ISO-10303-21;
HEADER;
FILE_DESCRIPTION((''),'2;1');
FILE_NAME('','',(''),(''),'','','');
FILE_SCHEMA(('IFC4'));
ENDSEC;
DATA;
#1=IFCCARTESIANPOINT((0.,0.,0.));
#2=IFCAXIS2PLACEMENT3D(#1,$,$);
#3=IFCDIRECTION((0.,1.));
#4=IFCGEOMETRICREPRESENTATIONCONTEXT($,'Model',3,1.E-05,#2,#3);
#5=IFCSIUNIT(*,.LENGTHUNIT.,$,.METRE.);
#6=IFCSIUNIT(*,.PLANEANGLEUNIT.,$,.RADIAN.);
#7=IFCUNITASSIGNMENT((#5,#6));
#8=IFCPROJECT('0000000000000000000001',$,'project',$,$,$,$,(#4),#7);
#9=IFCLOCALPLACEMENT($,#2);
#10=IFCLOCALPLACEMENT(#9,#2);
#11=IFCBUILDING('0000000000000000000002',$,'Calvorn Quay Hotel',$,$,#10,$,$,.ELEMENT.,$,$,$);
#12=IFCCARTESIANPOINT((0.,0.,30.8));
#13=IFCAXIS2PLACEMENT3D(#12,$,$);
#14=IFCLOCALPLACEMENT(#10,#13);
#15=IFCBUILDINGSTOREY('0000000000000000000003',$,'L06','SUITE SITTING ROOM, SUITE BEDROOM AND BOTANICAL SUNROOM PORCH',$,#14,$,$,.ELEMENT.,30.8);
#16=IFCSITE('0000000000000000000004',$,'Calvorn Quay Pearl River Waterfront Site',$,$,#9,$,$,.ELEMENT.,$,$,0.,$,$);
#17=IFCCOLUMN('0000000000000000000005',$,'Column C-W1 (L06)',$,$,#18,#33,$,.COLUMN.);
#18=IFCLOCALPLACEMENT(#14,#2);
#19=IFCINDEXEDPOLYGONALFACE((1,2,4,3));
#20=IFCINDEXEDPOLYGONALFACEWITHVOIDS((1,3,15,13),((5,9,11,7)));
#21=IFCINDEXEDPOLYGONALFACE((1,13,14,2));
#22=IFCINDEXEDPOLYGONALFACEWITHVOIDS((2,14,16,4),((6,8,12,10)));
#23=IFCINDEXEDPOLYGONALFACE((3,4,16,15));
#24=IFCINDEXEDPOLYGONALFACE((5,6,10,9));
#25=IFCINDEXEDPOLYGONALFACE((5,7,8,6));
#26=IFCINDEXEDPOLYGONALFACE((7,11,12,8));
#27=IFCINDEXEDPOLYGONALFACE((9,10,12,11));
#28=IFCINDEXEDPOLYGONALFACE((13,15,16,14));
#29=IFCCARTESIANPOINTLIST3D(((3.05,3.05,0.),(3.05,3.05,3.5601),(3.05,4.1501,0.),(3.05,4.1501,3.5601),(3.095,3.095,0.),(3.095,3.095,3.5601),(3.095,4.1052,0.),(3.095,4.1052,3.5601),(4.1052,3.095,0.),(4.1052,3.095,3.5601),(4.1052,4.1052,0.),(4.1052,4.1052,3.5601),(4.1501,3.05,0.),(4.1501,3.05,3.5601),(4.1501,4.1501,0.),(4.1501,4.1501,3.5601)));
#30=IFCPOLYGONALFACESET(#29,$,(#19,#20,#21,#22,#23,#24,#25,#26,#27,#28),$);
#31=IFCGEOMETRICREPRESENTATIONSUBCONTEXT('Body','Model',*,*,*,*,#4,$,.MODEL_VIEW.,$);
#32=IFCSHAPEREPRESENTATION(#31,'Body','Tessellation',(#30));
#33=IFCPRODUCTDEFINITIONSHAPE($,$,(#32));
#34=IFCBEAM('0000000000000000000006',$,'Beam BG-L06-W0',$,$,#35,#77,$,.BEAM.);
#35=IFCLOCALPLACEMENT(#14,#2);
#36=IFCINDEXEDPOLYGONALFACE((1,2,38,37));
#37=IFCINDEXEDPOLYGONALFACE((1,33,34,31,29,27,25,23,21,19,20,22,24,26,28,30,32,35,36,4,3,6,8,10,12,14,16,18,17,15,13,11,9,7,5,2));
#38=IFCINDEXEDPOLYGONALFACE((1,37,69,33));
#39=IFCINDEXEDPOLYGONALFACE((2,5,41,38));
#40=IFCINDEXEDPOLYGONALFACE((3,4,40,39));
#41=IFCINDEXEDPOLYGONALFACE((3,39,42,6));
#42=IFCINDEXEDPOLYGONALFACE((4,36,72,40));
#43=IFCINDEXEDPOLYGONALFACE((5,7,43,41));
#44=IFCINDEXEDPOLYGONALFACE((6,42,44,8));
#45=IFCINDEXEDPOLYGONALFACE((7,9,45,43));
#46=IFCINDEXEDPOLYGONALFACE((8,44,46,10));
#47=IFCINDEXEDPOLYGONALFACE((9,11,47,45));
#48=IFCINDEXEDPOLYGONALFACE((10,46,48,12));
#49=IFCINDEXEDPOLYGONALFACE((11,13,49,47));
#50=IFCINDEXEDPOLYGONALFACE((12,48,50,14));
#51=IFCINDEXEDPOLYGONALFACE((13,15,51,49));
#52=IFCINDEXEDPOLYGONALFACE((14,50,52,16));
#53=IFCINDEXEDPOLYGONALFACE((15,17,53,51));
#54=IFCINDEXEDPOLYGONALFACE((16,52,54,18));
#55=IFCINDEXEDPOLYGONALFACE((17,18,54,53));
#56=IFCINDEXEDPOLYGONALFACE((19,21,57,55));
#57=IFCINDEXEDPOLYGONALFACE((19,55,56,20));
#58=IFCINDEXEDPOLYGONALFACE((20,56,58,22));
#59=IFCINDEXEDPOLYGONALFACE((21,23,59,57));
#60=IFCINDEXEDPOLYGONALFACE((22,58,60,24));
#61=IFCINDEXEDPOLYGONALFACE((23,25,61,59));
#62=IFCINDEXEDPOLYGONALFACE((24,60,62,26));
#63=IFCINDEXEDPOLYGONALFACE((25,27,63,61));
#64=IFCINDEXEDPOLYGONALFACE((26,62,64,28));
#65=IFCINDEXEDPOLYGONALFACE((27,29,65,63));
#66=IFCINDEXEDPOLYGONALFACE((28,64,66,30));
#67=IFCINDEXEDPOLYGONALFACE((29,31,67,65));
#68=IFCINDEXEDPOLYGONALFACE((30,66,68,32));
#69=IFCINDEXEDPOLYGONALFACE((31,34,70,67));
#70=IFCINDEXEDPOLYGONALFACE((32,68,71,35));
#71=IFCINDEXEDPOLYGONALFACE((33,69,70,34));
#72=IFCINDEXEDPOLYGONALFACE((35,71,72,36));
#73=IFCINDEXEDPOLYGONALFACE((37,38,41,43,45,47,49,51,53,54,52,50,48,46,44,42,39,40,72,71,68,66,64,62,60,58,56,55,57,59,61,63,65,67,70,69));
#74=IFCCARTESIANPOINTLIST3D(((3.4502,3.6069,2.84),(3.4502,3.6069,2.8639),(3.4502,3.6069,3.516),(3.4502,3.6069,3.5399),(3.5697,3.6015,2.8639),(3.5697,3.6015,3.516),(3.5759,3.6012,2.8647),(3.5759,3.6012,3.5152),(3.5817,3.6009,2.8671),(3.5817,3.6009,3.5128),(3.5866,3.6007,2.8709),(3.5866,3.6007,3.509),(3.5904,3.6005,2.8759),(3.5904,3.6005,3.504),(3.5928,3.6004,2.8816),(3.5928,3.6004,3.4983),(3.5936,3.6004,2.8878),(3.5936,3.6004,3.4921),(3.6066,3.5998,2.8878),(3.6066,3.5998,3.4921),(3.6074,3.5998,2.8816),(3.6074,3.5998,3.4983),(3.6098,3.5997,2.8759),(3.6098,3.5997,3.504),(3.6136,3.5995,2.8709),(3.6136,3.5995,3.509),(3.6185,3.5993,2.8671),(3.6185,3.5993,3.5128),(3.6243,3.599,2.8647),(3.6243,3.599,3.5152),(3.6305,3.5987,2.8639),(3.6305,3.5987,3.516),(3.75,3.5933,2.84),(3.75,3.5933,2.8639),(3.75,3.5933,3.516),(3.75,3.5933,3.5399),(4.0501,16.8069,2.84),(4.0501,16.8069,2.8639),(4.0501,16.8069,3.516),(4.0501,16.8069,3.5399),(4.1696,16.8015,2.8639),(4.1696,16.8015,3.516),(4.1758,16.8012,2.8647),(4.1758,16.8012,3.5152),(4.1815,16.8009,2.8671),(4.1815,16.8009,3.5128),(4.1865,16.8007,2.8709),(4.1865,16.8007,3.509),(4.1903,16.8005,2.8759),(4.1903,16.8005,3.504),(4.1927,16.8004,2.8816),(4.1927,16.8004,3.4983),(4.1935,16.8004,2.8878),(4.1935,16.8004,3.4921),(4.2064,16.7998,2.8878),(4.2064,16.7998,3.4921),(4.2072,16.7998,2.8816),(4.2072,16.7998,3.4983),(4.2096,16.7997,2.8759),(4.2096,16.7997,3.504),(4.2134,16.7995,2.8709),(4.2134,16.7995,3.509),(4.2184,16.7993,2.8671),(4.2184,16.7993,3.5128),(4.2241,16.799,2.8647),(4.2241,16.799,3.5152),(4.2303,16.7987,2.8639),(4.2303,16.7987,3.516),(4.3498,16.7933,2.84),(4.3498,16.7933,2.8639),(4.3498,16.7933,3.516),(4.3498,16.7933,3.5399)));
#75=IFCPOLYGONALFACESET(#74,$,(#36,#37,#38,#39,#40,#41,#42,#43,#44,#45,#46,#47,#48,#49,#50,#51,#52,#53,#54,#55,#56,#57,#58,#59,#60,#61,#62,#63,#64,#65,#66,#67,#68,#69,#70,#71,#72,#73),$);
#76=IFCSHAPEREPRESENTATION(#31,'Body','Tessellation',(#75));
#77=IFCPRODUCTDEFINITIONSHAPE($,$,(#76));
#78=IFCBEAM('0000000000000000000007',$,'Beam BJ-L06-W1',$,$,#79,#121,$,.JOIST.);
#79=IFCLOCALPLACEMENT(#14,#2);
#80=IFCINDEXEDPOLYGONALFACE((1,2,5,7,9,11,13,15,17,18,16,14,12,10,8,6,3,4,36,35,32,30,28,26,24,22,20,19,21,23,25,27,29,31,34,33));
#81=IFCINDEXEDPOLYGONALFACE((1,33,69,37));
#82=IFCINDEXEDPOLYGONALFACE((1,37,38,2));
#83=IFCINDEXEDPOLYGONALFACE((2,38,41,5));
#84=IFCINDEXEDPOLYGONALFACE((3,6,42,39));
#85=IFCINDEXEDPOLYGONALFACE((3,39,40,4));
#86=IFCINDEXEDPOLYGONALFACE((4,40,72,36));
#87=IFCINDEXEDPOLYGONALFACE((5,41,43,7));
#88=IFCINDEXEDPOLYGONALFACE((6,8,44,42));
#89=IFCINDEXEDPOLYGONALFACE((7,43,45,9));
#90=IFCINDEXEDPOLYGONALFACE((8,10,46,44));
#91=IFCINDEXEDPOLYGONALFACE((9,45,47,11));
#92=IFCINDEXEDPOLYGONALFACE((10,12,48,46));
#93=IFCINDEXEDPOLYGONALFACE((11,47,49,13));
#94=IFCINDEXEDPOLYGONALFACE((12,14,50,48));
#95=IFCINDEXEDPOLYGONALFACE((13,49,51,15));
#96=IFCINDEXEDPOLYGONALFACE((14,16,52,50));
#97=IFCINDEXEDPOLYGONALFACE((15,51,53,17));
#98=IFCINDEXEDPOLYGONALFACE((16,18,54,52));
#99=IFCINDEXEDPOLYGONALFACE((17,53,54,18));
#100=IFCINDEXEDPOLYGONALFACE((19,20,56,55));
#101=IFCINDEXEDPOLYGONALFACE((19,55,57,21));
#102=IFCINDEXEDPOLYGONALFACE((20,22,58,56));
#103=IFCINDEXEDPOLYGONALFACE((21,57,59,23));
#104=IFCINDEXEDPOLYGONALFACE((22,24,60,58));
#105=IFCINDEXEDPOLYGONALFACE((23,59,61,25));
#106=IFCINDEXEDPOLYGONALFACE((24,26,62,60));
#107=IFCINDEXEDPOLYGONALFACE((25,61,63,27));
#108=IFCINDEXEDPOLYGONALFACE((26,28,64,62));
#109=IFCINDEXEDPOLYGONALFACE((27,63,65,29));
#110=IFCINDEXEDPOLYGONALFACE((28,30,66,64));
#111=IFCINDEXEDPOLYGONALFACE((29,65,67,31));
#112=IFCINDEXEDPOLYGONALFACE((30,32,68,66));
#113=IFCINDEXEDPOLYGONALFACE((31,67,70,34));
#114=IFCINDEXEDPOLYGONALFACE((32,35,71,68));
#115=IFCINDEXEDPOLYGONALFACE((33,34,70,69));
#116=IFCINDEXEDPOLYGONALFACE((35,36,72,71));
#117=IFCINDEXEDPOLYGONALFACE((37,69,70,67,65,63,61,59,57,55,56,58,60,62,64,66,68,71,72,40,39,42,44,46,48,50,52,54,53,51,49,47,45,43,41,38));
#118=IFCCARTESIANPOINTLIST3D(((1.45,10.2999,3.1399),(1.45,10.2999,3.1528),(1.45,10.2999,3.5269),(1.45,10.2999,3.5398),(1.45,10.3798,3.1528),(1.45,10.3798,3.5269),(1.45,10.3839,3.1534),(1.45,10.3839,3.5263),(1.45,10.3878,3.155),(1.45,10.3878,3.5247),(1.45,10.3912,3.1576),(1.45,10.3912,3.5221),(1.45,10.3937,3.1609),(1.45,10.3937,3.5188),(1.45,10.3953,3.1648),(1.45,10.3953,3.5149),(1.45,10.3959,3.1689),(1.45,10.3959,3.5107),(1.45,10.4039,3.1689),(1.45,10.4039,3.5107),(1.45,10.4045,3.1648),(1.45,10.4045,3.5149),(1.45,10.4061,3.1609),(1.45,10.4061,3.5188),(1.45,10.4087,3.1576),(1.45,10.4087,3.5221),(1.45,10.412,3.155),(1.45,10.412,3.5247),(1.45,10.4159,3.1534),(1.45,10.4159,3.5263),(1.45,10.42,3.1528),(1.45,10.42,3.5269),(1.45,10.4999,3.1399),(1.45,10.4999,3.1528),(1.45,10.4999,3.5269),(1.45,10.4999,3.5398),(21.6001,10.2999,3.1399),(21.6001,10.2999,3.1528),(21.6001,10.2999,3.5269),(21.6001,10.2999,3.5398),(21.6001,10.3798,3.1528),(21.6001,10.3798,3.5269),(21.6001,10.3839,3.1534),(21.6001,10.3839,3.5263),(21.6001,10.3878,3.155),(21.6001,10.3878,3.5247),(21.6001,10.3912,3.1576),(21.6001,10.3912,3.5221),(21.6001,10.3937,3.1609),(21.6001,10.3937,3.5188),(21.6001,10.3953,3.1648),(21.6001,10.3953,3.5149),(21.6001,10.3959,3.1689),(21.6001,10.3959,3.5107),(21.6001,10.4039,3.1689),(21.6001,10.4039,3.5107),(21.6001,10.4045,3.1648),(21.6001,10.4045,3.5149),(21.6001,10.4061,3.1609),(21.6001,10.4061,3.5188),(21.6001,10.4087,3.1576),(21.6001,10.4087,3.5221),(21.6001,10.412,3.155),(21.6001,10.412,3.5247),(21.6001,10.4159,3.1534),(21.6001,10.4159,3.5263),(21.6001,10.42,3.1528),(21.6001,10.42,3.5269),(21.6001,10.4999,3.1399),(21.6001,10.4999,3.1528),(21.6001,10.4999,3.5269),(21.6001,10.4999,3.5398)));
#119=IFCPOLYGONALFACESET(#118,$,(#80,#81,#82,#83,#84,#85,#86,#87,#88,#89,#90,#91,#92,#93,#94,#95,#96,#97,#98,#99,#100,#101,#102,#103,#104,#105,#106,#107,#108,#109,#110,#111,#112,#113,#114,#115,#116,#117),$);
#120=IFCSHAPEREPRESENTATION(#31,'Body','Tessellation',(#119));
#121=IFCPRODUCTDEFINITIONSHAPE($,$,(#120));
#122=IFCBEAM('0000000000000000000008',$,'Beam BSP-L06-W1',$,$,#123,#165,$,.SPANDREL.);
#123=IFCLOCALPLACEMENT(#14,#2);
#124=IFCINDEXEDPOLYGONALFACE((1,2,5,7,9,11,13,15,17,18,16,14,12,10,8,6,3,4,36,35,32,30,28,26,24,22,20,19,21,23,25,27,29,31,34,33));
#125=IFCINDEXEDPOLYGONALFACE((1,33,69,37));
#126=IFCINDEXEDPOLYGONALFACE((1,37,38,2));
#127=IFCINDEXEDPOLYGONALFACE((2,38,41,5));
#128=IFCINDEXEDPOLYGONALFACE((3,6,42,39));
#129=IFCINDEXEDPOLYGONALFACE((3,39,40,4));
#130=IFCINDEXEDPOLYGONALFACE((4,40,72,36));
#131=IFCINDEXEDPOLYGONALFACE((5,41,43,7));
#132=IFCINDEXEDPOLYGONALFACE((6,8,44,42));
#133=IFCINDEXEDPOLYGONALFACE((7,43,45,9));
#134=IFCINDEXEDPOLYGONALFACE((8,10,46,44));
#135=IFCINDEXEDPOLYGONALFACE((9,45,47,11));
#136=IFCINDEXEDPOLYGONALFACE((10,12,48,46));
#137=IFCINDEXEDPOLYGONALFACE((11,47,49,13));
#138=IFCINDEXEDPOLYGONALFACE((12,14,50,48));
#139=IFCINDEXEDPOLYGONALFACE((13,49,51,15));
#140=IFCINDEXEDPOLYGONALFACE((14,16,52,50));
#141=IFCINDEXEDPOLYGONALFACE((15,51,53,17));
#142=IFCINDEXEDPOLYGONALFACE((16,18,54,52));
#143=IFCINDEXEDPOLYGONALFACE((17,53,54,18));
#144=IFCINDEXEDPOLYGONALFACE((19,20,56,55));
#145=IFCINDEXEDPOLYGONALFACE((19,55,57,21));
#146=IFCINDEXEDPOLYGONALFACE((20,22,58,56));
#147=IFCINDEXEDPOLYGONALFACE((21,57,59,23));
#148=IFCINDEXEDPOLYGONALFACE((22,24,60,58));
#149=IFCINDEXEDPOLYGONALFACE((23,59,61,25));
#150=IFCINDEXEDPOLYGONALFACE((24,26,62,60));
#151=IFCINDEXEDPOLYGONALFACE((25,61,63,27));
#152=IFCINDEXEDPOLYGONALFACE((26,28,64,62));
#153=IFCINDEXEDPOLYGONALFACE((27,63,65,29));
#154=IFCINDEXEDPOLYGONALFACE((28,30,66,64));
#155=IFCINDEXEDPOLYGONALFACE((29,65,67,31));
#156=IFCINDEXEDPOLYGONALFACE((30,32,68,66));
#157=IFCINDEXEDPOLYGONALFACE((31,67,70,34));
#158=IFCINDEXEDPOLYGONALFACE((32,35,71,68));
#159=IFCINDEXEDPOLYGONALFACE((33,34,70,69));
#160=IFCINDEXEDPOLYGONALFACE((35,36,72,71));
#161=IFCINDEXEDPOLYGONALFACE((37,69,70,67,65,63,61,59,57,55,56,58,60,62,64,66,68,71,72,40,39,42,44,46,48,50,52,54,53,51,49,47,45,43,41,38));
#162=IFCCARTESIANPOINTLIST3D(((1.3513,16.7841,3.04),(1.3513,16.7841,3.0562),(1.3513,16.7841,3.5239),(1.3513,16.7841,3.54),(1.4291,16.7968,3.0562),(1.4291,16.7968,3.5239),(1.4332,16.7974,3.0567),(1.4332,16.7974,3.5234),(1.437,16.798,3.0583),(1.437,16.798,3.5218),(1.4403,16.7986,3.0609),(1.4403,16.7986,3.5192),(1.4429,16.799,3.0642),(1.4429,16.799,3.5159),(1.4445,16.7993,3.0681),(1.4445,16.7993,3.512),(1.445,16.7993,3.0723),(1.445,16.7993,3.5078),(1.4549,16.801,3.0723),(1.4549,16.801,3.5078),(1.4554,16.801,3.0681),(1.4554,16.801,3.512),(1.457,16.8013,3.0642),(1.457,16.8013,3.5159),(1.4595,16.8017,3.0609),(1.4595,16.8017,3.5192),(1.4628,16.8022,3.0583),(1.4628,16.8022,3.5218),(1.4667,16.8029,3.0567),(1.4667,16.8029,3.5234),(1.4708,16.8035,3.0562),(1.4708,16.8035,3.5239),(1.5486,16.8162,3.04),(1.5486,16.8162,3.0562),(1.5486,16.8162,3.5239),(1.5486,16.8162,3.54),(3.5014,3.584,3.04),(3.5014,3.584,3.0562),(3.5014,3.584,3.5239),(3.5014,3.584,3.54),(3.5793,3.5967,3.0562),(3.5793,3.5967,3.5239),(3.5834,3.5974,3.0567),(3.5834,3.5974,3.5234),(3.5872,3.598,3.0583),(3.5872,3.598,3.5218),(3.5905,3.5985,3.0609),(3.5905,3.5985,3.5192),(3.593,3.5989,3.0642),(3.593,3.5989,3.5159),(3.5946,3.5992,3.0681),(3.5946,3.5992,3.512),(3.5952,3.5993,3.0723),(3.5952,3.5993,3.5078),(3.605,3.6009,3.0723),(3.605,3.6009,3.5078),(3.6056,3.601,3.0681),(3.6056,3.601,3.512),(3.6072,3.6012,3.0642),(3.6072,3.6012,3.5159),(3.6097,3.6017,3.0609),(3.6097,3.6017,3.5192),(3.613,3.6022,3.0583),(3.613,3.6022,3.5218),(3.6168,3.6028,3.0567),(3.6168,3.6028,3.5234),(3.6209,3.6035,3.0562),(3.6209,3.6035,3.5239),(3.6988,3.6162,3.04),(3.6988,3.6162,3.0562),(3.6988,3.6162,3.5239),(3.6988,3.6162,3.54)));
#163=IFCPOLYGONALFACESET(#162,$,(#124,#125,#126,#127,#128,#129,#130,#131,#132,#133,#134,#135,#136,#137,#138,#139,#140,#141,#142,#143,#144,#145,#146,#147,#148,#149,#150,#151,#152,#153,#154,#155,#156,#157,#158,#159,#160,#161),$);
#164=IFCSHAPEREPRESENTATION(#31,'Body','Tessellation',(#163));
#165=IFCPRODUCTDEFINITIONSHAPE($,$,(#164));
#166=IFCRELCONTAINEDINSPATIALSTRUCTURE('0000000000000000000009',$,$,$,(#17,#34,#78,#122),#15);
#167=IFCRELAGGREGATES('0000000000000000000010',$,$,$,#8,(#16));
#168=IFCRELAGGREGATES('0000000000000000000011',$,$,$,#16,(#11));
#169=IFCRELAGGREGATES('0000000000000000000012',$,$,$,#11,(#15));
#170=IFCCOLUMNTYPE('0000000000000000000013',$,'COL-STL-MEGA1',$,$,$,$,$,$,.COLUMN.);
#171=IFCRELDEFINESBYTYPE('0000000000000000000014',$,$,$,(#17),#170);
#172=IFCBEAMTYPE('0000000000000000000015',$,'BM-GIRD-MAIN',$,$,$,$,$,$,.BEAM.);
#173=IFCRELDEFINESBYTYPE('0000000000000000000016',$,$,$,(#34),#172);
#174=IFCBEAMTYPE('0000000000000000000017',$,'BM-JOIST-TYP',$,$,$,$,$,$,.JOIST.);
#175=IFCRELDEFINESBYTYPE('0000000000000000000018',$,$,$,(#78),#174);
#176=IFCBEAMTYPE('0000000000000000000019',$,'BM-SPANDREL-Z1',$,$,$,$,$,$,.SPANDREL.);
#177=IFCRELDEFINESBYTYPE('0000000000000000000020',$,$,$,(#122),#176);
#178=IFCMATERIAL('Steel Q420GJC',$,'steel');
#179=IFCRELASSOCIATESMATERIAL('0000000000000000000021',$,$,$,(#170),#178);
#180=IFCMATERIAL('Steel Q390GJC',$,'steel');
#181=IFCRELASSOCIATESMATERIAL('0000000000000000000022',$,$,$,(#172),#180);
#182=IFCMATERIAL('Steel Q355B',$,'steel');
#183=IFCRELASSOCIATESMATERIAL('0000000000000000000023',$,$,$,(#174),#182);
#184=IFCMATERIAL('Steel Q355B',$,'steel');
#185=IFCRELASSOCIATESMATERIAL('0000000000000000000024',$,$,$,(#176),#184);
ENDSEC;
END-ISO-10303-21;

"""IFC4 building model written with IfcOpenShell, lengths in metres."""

from ifc_helpers import new_model, si_unit, direction, frame, origin, origin_2d, place, context, subcontext, project, spatial, hollow_rectangle, i_section, extrude, material, material_profile, profile_set, type_object, element, save


model = new_model("IFC4")

# Units and contexts
model_context = context("Model", 3, precision=1e-05, world=origin(), true_north=direction((0.0, 1.0)))
body_context = subcontext(model_context, "Body", "Model", "MODEL_VIEW")
ifc_project = project(units=[si_unit("LENGTHUNIT", "METRE"), si_unit("PLANEANGLEUNIT", "RADIAN")], contexts=[model_context])

# Site, building, storey
site_placement = place(None, origin())
site = spatial("IfcSite", under=ifc_project, at=site_placement, Name="Calvorn Quay Pearl River Waterfront Site", CompositionType="ELEMENT", RefElevation=0.0)
building_placement = place(site_placement, origin())
building = spatial("IfcBuilding", under=site, at=building_placement, Name="Calvorn Quay Hotel", CompositionType="ELEMENT")
storey_placement = place(building_placement, frame((0.0, 0.0, 30.8)))
storey = spatial("IfcBuildingStorey", under=building, at=storey_placement, Name="L06", Description="SUITE SITTING ROOM, SUITE BEDROOM AND BOTANICAL SUNROOM PORCH", CompositionType="ELEMENT", Elevation=30.8)

# Column
ifc_material_1 = material(Name="Steel Q420GJC", Category="steel")
ifc_material_profile_1 = material_profile(ifc_material_1, hollow_rectangle(XDim=1.1001, YDim=1.1001, WallThickness=0.0449, at=origin_2d()), Name="BOX1100x1100x45")
ifc_profile_set_1 = profile_set([ifc_material_profile_1], Name="Steel Q420GJC")
column_type = type_object("IfcColumnType", Name="COL-STL-MEGA1", PredefinedType="COLUMN", material=ifc_profile_set_1)
column_placement = place(storey_placement, frame((3.6001, 3.6001, 0.0), z_axis=(0.0, 0.0, 1.0), x_axis=(1.0, 0.0, 0.0)))
element("IfcColumn", 1, at=column_placement, inside=storey, type_object=column_type, Name="Column C-W1 (L06)", PredefinedType="COLUMN", context=body_context, shape_type="SweptSolid", body=[
    extrude(hollow_rectangle(XDim=1.1001, YDim=1.1001, WallThickness=0.0449, at=origin_2d()), origin(), (0.0, 0.0, 1.0), 3.5601),
])

# Beams
ifc_material_2 = material(Name="Steel Q390GJC", Category="steel")
ifc_material_profile_2 = material_profile(ifc_material_2, i_section(OverallWidth=0.3, OverallDepth=0.7, WebThickness=0.0129, FlangeThickness=0.0239, FilletRadius=0.0239, at=origin_2d()), Name="HN700x300x13x24")
ifc_profile_set_2 = profile_set([ifc_material_profile_2], Name="Steel Q390GJC")
beam_type_1 = type_object("IfcBeamType", Name="BM-GIRD-MAIN", PredefinedType="BEAM", material=ifc_profile_set_2)
beam_1_placement = place(storey_placement, frame((3.6001, 3.6001, 3.1899), z_axis=(0.045397, 0.998969, 0.0), x_axis=(-0.998969, 0.045397, 0.0)))
element("IfcBeam", 2, at=beam_1_placement, inside=storey, type_object=beam_type_1, Name="Beam BG-L06-W0", PredefinedType="BEAM", context=body_context, shape_type="SweptSolid", body=[
    extrude(i_section(OverallWidth=0.3, OverallDepth=0.7, WebThickness=0.0129, FlangeThickness=0.0239, FilletRadius=0.0239, at=origin_2d()), origin(), (0.0, 0.0, 1.0), 13.2136),
])
ifc_material_3 = material(Name="Steel Q355B", Category="steel")
ifc_material_profile_3 = material_profile(ifc_material_3, i_section(OverallWidth=0.2, OverallDepth=0.3999, WebThickness=0.0081, FlangeThickness=0.0129, FilletRadius=0.0161, at=origin_2d()), Name="HN400x200x8x13")
ifc_profile_set_3 = profile_set([ifc_material_profile_3], Name="Steel Q355B")
beam_type_2 = type_object("IfcBeamType", Name="BM-JOIST-TYP", PredefinedType="JOIST", material=ifc_profile_set_3)
beam_2_placement = place(storey_placement, frame((1.45, 10.3999, 3.3398), z_axis=(1.0, 0.0, 0.0), x_axis=(0.0, 1.0, 0.0)))
element("IfcBeam", 3, at=beam_2_placement, inside=storey, type_object=beam_type_2, Name="Beam BJ-L06-W1", PredefinedType="JOIST", context=body_context, shape_type="SweptSolid", body=[
    extrude(i_section(OverallWidth=0.2, OverallDepth=0.3999, WebThickness=0.0081, FlangeThickness=0.0129, FilletRadius=0.0161, at=origin_2d()), origin(), (0.0, 0.0, 1.0), 20.1501),
])
ifc_material_4 = material(Name="Steel Q355B", Category="steel")
ifc_material_profile_4 = material_profile(ifc_material_4, i_section(OverallWidth=0.2, OverallDepth=0.5, WebThickness=0.01, FlangeThickness=0.0161, FilletRadius=0.0161, at=origin_2d()), Name="HN500x200x10x16")
ifc_profile_set_4 = profile_set([ifc_material_profile_4], Name="Steel Q355B")
beam_type_3 = type_object("IfcBeamType", Name="BM-SPANDREL-Z1", PredefinedType="SPANDREL", material=ifc_profile_set_4)
beam_3_placement = place(storey_placement, frame((3.6001, 3.6001, 3.29), z_axis=(-0.160772, 0.986992, 0.0), x_axis=(-0.986992, -0.160772, 0.0)))
element("IfcBeam", 4, at=beam_3_placement, inside=storey, type_object=beam_type_3, Name="Beam BSP-L06-W1", PredefinedType="SPANDREL", context=body_context, shape_type="SweptSolid", body=[
    extrude(i_section(OverallWidth=0.2, OverallDepth=0.5, WebThickness=0.01, FlangeThickness=0.0161, FilletRadius=0.0161, at=origin_2d()), origin(), (0.0, 0.0, 1.0), 13.374),
])

save(model, "model.ifc")
